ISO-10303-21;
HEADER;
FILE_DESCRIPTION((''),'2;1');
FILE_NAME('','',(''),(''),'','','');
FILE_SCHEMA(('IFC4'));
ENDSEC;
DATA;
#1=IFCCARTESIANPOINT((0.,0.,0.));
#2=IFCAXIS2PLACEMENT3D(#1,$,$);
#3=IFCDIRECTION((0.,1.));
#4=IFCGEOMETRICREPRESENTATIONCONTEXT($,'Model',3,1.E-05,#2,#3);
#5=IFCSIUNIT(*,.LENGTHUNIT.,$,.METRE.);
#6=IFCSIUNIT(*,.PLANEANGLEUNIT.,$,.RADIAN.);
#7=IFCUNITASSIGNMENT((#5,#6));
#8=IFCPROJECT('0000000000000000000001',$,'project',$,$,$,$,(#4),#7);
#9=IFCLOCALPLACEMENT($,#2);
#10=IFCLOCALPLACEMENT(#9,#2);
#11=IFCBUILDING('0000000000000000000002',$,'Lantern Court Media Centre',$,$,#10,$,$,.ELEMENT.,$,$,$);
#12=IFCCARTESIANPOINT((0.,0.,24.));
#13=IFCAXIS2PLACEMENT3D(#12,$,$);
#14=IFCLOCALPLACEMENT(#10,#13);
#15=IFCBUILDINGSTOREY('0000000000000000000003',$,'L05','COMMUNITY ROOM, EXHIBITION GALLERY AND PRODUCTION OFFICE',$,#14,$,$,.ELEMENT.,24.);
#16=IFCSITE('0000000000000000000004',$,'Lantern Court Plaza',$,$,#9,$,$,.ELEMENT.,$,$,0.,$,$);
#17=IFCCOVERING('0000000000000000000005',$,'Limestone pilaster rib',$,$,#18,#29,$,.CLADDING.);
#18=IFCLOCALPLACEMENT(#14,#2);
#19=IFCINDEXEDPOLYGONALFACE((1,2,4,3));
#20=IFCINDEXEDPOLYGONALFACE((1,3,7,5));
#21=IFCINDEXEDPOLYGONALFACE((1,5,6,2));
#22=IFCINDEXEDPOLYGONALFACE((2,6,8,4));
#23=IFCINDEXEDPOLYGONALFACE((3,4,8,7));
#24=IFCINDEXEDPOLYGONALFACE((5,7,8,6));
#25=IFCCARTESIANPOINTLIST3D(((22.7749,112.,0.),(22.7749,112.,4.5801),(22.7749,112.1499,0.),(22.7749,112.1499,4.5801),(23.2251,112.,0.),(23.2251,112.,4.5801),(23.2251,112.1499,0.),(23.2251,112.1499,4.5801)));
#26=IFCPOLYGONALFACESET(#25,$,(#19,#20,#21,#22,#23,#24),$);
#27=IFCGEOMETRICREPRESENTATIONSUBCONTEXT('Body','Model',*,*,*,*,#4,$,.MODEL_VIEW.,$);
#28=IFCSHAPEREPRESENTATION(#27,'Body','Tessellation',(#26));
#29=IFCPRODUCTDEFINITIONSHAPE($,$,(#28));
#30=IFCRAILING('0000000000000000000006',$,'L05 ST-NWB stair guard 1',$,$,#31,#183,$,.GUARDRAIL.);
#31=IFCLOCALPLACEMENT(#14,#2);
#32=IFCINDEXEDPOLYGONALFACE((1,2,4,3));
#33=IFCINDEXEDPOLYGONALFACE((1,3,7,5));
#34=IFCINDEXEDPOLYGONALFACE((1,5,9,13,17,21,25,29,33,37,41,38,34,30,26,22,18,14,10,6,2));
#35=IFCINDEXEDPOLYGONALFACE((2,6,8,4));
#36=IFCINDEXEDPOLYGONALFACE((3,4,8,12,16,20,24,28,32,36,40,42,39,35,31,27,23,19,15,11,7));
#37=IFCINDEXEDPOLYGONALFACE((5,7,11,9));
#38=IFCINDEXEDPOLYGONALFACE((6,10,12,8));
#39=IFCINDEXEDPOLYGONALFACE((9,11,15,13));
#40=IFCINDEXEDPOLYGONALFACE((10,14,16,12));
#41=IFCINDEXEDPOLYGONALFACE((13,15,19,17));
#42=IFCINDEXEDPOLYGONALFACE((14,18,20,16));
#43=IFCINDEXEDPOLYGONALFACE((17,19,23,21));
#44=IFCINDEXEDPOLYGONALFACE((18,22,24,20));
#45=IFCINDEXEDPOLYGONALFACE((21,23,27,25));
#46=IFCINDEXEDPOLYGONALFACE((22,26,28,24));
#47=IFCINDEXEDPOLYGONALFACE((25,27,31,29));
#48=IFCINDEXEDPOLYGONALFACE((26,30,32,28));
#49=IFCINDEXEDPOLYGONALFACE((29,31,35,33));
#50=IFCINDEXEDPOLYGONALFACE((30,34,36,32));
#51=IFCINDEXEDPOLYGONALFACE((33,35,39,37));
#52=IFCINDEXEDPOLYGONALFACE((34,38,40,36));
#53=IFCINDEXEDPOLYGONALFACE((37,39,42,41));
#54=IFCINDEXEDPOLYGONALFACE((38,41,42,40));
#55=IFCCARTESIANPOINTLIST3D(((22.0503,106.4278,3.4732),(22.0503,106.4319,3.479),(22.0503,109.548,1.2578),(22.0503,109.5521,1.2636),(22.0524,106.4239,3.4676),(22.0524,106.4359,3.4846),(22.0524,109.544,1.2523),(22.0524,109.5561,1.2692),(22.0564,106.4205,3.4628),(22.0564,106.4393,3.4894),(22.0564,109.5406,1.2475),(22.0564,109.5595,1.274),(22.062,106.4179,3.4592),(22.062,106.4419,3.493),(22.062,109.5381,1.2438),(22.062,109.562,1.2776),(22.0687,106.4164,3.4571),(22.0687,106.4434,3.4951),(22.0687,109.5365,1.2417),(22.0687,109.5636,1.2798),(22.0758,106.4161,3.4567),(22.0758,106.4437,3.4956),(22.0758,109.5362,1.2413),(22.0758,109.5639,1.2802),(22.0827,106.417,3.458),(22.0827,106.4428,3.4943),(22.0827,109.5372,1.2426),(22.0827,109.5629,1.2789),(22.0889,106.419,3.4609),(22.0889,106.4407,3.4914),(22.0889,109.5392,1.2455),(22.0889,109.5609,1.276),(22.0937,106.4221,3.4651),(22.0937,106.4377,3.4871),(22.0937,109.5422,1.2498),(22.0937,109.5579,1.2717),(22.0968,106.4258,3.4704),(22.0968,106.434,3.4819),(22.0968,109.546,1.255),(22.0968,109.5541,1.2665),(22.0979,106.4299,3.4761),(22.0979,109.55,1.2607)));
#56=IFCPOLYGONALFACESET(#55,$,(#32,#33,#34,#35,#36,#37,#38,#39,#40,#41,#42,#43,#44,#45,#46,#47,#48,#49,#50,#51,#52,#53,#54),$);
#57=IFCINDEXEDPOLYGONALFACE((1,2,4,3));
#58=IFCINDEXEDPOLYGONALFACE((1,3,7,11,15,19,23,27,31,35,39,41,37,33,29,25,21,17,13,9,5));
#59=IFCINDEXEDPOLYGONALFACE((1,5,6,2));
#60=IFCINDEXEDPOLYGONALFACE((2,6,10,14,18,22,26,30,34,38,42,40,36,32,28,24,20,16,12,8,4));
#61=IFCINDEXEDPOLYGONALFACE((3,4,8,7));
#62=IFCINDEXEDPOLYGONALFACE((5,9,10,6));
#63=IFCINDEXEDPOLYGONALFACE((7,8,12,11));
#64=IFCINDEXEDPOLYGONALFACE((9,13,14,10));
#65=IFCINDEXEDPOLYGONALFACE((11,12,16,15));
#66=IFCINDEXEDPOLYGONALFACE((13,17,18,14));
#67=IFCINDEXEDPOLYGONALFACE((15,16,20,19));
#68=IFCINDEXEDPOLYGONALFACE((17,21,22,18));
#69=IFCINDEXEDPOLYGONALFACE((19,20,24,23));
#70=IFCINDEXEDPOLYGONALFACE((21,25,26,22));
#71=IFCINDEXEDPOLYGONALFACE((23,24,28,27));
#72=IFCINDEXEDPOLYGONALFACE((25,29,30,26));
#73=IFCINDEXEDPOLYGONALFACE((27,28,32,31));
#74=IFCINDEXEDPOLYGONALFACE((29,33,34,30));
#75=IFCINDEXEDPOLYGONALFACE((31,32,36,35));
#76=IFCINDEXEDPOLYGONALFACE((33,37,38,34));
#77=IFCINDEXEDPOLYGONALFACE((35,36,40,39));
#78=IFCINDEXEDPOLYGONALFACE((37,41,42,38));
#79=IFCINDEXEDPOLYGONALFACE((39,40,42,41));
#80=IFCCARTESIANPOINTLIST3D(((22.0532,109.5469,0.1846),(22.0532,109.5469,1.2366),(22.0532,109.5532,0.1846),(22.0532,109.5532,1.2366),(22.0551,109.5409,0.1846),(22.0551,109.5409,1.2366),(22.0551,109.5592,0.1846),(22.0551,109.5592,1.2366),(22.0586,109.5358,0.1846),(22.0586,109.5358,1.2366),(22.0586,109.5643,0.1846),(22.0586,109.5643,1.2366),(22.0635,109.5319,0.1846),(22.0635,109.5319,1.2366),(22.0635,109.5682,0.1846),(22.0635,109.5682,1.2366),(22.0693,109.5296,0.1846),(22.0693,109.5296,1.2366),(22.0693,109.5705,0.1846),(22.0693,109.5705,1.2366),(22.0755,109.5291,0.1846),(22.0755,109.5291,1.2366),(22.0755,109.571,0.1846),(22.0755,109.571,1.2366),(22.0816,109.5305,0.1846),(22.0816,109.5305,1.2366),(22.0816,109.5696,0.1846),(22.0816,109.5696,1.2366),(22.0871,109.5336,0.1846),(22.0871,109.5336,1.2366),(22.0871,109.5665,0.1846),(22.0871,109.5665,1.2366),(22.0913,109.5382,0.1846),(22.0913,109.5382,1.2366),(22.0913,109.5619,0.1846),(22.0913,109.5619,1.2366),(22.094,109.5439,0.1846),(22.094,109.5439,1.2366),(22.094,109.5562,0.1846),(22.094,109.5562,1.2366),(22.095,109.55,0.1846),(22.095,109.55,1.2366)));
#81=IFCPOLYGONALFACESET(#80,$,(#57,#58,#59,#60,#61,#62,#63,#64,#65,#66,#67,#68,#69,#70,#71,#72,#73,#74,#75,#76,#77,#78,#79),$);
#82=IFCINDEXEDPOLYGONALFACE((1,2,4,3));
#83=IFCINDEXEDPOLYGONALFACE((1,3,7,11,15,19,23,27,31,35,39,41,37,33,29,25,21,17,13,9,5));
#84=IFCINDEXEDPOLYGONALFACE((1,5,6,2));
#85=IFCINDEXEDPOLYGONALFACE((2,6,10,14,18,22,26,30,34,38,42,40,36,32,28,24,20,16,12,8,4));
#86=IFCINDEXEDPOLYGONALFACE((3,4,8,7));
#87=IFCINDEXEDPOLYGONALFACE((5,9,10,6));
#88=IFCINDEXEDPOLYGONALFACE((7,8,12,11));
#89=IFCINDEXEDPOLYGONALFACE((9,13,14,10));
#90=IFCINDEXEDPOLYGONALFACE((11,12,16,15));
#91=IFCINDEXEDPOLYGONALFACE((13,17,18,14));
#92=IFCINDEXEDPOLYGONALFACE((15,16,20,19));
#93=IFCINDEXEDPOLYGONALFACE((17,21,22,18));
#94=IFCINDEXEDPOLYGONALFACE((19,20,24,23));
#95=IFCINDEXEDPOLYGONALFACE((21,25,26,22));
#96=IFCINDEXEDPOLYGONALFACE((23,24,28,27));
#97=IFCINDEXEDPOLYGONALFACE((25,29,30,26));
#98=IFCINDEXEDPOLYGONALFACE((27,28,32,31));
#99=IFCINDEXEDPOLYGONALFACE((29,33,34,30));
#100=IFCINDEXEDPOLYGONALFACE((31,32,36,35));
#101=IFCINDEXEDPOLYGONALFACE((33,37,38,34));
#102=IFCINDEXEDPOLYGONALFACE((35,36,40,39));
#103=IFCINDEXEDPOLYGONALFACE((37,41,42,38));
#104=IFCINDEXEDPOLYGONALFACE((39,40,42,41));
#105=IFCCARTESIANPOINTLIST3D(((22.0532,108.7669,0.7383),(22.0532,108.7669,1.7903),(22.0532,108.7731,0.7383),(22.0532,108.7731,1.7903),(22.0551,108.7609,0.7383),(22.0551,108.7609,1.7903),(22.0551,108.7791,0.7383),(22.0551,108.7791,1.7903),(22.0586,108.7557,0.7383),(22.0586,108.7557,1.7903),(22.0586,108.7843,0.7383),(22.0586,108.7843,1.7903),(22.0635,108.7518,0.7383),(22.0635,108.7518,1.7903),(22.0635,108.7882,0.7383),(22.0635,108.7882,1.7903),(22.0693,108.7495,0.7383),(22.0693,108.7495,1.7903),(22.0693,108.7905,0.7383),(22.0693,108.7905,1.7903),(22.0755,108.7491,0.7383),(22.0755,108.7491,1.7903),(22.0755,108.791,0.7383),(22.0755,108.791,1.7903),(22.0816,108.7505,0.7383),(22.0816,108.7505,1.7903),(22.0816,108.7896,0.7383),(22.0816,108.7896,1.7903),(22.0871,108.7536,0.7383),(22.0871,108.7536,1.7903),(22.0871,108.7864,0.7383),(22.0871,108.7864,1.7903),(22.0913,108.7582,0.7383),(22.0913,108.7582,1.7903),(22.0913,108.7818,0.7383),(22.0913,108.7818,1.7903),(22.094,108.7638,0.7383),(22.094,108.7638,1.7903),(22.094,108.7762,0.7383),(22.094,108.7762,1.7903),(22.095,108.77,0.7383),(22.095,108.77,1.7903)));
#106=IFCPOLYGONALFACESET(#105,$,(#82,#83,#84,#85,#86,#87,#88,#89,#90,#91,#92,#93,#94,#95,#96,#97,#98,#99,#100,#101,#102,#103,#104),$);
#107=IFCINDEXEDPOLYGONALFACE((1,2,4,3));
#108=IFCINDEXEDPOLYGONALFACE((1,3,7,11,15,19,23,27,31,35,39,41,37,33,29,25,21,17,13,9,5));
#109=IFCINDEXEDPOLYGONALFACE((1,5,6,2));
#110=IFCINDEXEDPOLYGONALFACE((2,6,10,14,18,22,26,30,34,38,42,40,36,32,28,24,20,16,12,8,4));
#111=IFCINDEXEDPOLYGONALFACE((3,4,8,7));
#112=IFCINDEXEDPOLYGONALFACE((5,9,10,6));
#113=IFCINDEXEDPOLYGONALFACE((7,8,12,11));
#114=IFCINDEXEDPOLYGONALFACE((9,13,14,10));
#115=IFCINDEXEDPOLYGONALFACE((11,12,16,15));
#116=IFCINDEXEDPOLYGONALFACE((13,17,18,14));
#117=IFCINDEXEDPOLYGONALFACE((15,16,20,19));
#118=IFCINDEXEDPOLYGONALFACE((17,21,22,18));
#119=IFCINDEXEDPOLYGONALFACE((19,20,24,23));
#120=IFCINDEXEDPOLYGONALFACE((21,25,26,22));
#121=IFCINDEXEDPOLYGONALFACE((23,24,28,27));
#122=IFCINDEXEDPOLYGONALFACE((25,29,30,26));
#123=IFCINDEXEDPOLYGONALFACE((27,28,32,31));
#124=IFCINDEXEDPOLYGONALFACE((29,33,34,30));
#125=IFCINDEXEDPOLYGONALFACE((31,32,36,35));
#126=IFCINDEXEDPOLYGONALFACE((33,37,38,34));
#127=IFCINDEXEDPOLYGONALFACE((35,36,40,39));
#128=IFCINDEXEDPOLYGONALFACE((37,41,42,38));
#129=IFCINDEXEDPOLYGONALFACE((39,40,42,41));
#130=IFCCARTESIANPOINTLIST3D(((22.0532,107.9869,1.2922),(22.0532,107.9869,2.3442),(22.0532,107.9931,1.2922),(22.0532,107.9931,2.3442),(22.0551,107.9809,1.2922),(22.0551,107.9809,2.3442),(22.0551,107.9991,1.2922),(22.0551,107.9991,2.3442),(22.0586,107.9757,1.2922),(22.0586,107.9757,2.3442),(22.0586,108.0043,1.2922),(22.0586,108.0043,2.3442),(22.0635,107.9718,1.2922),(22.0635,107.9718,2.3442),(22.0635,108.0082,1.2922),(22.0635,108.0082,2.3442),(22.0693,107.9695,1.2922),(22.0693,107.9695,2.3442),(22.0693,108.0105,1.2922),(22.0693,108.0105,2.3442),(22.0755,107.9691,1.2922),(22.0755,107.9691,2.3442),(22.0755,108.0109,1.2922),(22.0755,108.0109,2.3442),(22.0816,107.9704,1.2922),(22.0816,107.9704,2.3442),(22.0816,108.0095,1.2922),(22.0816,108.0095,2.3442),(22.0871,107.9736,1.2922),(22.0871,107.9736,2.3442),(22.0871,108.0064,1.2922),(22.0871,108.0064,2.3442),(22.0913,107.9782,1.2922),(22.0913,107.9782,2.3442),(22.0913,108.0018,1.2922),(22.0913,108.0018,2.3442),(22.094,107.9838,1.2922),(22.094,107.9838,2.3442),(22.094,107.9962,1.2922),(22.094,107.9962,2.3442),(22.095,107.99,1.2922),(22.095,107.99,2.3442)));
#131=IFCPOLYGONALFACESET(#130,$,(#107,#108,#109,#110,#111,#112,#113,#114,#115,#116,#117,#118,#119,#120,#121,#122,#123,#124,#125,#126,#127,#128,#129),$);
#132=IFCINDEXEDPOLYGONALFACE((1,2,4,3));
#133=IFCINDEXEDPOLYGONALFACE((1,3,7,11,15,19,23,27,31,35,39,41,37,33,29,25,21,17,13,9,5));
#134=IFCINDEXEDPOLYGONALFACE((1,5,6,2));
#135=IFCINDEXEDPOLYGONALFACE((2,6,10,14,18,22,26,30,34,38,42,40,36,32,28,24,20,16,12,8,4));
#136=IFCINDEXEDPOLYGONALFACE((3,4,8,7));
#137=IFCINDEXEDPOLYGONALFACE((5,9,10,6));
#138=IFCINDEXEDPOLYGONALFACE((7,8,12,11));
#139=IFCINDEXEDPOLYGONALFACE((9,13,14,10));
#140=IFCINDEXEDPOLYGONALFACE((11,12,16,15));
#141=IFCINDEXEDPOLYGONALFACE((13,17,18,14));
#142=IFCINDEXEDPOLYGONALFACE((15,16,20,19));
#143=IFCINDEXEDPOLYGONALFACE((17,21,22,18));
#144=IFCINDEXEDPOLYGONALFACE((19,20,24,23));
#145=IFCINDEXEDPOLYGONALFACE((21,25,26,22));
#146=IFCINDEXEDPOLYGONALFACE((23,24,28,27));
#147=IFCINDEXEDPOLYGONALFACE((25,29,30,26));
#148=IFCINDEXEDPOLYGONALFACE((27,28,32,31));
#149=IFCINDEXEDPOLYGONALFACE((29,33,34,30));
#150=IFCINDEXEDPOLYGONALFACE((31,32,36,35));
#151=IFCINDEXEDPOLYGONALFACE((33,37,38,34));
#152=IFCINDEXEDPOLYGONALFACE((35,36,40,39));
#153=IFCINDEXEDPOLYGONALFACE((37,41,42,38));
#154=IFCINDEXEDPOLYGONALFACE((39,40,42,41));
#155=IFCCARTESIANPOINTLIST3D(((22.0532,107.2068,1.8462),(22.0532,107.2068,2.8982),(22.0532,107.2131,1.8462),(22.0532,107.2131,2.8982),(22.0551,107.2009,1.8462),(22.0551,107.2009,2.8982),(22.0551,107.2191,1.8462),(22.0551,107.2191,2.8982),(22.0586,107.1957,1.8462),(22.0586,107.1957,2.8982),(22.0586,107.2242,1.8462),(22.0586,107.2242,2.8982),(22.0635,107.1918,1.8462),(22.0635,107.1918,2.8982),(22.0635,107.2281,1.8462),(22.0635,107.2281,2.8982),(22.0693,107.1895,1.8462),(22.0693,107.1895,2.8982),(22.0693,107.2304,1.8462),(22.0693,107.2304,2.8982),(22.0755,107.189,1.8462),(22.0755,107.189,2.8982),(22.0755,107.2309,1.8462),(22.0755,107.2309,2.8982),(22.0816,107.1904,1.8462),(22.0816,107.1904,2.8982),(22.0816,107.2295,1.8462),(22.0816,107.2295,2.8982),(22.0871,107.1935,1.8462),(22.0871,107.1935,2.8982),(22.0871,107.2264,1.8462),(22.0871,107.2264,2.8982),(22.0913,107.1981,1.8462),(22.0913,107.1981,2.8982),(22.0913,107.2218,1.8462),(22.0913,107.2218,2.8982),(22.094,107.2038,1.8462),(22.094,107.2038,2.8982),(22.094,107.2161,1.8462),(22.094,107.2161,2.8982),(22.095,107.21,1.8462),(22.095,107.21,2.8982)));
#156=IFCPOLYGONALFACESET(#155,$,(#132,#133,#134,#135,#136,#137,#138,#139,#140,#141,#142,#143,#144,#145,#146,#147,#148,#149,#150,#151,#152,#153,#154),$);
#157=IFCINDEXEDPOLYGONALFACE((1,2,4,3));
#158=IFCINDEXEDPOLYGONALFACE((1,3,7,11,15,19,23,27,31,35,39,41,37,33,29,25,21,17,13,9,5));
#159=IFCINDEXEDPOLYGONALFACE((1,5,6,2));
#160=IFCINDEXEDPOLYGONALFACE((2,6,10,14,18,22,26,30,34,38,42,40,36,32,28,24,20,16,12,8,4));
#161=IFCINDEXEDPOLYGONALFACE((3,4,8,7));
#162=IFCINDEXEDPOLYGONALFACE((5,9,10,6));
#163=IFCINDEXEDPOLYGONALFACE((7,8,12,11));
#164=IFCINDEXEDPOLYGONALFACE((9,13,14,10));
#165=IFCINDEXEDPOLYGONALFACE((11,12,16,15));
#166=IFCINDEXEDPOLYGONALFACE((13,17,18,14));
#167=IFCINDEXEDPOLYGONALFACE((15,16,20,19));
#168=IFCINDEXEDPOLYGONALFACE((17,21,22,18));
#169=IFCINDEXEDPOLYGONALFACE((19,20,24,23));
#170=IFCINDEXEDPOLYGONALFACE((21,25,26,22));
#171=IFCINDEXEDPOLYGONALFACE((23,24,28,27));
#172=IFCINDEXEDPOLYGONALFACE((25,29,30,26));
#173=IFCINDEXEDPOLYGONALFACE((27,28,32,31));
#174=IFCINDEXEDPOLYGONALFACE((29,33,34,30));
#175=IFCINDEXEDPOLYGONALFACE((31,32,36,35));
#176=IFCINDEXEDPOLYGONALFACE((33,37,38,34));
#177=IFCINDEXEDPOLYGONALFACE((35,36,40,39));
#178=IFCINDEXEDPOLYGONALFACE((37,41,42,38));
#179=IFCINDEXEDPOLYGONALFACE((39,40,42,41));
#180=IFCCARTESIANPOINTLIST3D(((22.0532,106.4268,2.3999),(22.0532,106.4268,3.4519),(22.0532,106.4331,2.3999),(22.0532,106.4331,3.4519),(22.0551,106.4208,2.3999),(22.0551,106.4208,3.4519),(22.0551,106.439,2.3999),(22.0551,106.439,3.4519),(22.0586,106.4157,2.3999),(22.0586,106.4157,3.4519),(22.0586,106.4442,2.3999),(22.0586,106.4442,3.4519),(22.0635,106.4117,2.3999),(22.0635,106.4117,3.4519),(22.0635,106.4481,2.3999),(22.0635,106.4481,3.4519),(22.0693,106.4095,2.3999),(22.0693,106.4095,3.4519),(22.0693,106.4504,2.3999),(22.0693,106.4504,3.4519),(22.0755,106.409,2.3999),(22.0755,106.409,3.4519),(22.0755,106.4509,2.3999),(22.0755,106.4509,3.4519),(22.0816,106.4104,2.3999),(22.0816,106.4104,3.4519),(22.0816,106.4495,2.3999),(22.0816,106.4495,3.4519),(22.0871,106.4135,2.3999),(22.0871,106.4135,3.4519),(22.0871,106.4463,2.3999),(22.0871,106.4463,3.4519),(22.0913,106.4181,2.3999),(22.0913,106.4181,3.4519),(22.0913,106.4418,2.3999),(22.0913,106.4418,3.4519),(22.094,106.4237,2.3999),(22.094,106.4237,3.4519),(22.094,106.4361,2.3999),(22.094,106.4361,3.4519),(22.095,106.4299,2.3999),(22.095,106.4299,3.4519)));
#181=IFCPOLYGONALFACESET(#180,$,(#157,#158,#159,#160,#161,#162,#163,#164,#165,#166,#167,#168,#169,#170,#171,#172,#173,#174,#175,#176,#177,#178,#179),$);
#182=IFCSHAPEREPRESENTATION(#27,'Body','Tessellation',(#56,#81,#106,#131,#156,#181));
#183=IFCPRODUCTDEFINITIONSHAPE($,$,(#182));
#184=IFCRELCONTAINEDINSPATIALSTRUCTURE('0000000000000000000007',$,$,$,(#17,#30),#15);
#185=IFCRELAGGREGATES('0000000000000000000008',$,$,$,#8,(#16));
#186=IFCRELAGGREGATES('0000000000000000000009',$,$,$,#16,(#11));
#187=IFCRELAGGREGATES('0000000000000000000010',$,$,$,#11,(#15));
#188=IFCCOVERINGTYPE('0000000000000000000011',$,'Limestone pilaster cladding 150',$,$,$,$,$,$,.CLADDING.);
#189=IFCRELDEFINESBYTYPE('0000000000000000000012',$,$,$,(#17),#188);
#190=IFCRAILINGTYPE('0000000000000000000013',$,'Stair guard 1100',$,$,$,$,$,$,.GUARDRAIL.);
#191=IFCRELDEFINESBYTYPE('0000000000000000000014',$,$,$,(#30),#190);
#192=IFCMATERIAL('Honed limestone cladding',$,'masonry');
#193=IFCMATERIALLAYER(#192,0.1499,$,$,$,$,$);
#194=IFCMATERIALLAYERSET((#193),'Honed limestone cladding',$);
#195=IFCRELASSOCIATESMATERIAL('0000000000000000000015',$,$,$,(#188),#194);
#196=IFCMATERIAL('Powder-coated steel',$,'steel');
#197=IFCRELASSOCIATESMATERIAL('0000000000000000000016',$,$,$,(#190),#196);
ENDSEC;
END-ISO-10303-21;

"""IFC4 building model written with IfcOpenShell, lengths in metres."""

from ifc_helpers import new_model, si_unit, direction, frame, frame_2d, origin, origin_2d, place, context, subcontext, project, spatial, rectangle, circle, extrude, material, layer, layer_set, type_object, element, save


model = new_model("IFC4")

# Units and contexts
model_context = context("Model", 3, precision=1e-05, world=origin(), true_north=direction((0.0, 1.0)))
body_context = subcontext(model_context, "Body", "Model", "MODEL_VIEW")
ifc_project = project(units=[si_unit("LENGTHUNIT", "METRE"), si_unit("PLANEANGLEUNIT", "RADIAN")], contexts=[model_context])

# Site, building, storey
site_placement = place(None, origin())
site = spatial("IfcSite", under=ifc_project, at=site_placement, Name="Lantern Court Plaza", CompositionType="ELEMENT", RefElevation=0.0)
building_placement = place(site_placement, origin())
building = spatial("IfcBuilding", under=site, at=building_placement, Name="Lantern Court Media Centre", CompositionType="ELEMENT")
storey_placement = place(building_placement, frame((0.0, 0.0, 24.0)))
storey = spatial("IfcBuildingStorey", under=building, at=storey_placement, Name="L05", Description="COMMUNITY ROOM, EXHIBITION GALLERY AND PRODUCTION OFFICE", CompositionType="ELEMENT", Elevation=24.0)

# Shared definitions
ifc_material_1 = material(Name="Powder-coated steel", Category="steel")

# Covering
ifc_material_2 = material(Name="Honed limestone cladding", Category="masonry")
ifc_layer_1 = layer(ifc_material_2, 0.1499)
ifc_layer_set_1 = layer_set([ifc_layer_1], Name="Honed limestone cladding")
covering_type_1 = type_object("IfcCoveringType", Name="Limestone pilaster cladding 150", PredefinedType="CLADDING", material=ifc_layer_set_1)
covering_1_placement = place(storey_placement, frame((22.7749, 112.075, 0.0), z_axis=(0.0, 0.0, 1.0), x_axis=(1.0, 0.0, 0.0)))
element("IfcCovering", 1, at=covering_1_placement, inside=storey, type_object=covering_type_1, Name="Limestone pilaster rib", PredefinedType="CLADDING", context=body_context, shape_type="SweptSolid", body=[
    extrude(rectangle(XDim=0.4502, YDim=0.1499, at=frame_2d((0.2251, 0.0))), origin(), (0.0, 0.0, 1.0), 4.5801),
])

# Railing
railing_type_1 = type_object("IfcRailingType", Name="Stair guard 1100", PredefinedType="GUARDRAIL", material=ifc_material_1)
railing_1_placement = place(storey_placement, frame((22.074, 109.55, 0.1846)))
element("IfcRailing", 2, at=railing_1_placement, inside=storey, type_object=railing_type_1, Name="L05 ST-NWB stair guard 1", PredefinedType="GUARDRAIL", context=body_context, shape_type="SweptSolid", body=[
    extrude(circle(Radius=0.0239, at=origin_2d()), frame((0.0, 0.0, 1.0762), z_axis=(0.0, -0.815377, 0.57893), x_axis=(1.0, 0.0, 0.0)), (0.0, 0.0, 1.0), 3.8267),
    extrude(circle(Radius=0.021, at=origin_2d()), origin(), (0.0, 0.0, 1.0), 1.052),
    extrude(circle(Radius=0.021, at=origin_2d()), frame((0.0, -0.78, 0.5537)), (0.0, 0.0, 1.0), 1.052),
    extrude(circle(Radius=0.021, at=origin_2d()), frame((0.0, -1.5601, 1.1077)), (0.0, 0.0, 1.0), 1.052),
    extrude(circle(Radius=0.021, at=origin_2d()), frame((0.0, -2.3401, 1.6616)), (0.0, 0.0, 1.0), 1.052),
    extrude(circle(Radius=0.021, at=origin_2d()), frame((0.0, -3.1201, 2.2153)), (0.0, 0.0, 1.0), 1.052),
])

save(model, "model.ifc")
